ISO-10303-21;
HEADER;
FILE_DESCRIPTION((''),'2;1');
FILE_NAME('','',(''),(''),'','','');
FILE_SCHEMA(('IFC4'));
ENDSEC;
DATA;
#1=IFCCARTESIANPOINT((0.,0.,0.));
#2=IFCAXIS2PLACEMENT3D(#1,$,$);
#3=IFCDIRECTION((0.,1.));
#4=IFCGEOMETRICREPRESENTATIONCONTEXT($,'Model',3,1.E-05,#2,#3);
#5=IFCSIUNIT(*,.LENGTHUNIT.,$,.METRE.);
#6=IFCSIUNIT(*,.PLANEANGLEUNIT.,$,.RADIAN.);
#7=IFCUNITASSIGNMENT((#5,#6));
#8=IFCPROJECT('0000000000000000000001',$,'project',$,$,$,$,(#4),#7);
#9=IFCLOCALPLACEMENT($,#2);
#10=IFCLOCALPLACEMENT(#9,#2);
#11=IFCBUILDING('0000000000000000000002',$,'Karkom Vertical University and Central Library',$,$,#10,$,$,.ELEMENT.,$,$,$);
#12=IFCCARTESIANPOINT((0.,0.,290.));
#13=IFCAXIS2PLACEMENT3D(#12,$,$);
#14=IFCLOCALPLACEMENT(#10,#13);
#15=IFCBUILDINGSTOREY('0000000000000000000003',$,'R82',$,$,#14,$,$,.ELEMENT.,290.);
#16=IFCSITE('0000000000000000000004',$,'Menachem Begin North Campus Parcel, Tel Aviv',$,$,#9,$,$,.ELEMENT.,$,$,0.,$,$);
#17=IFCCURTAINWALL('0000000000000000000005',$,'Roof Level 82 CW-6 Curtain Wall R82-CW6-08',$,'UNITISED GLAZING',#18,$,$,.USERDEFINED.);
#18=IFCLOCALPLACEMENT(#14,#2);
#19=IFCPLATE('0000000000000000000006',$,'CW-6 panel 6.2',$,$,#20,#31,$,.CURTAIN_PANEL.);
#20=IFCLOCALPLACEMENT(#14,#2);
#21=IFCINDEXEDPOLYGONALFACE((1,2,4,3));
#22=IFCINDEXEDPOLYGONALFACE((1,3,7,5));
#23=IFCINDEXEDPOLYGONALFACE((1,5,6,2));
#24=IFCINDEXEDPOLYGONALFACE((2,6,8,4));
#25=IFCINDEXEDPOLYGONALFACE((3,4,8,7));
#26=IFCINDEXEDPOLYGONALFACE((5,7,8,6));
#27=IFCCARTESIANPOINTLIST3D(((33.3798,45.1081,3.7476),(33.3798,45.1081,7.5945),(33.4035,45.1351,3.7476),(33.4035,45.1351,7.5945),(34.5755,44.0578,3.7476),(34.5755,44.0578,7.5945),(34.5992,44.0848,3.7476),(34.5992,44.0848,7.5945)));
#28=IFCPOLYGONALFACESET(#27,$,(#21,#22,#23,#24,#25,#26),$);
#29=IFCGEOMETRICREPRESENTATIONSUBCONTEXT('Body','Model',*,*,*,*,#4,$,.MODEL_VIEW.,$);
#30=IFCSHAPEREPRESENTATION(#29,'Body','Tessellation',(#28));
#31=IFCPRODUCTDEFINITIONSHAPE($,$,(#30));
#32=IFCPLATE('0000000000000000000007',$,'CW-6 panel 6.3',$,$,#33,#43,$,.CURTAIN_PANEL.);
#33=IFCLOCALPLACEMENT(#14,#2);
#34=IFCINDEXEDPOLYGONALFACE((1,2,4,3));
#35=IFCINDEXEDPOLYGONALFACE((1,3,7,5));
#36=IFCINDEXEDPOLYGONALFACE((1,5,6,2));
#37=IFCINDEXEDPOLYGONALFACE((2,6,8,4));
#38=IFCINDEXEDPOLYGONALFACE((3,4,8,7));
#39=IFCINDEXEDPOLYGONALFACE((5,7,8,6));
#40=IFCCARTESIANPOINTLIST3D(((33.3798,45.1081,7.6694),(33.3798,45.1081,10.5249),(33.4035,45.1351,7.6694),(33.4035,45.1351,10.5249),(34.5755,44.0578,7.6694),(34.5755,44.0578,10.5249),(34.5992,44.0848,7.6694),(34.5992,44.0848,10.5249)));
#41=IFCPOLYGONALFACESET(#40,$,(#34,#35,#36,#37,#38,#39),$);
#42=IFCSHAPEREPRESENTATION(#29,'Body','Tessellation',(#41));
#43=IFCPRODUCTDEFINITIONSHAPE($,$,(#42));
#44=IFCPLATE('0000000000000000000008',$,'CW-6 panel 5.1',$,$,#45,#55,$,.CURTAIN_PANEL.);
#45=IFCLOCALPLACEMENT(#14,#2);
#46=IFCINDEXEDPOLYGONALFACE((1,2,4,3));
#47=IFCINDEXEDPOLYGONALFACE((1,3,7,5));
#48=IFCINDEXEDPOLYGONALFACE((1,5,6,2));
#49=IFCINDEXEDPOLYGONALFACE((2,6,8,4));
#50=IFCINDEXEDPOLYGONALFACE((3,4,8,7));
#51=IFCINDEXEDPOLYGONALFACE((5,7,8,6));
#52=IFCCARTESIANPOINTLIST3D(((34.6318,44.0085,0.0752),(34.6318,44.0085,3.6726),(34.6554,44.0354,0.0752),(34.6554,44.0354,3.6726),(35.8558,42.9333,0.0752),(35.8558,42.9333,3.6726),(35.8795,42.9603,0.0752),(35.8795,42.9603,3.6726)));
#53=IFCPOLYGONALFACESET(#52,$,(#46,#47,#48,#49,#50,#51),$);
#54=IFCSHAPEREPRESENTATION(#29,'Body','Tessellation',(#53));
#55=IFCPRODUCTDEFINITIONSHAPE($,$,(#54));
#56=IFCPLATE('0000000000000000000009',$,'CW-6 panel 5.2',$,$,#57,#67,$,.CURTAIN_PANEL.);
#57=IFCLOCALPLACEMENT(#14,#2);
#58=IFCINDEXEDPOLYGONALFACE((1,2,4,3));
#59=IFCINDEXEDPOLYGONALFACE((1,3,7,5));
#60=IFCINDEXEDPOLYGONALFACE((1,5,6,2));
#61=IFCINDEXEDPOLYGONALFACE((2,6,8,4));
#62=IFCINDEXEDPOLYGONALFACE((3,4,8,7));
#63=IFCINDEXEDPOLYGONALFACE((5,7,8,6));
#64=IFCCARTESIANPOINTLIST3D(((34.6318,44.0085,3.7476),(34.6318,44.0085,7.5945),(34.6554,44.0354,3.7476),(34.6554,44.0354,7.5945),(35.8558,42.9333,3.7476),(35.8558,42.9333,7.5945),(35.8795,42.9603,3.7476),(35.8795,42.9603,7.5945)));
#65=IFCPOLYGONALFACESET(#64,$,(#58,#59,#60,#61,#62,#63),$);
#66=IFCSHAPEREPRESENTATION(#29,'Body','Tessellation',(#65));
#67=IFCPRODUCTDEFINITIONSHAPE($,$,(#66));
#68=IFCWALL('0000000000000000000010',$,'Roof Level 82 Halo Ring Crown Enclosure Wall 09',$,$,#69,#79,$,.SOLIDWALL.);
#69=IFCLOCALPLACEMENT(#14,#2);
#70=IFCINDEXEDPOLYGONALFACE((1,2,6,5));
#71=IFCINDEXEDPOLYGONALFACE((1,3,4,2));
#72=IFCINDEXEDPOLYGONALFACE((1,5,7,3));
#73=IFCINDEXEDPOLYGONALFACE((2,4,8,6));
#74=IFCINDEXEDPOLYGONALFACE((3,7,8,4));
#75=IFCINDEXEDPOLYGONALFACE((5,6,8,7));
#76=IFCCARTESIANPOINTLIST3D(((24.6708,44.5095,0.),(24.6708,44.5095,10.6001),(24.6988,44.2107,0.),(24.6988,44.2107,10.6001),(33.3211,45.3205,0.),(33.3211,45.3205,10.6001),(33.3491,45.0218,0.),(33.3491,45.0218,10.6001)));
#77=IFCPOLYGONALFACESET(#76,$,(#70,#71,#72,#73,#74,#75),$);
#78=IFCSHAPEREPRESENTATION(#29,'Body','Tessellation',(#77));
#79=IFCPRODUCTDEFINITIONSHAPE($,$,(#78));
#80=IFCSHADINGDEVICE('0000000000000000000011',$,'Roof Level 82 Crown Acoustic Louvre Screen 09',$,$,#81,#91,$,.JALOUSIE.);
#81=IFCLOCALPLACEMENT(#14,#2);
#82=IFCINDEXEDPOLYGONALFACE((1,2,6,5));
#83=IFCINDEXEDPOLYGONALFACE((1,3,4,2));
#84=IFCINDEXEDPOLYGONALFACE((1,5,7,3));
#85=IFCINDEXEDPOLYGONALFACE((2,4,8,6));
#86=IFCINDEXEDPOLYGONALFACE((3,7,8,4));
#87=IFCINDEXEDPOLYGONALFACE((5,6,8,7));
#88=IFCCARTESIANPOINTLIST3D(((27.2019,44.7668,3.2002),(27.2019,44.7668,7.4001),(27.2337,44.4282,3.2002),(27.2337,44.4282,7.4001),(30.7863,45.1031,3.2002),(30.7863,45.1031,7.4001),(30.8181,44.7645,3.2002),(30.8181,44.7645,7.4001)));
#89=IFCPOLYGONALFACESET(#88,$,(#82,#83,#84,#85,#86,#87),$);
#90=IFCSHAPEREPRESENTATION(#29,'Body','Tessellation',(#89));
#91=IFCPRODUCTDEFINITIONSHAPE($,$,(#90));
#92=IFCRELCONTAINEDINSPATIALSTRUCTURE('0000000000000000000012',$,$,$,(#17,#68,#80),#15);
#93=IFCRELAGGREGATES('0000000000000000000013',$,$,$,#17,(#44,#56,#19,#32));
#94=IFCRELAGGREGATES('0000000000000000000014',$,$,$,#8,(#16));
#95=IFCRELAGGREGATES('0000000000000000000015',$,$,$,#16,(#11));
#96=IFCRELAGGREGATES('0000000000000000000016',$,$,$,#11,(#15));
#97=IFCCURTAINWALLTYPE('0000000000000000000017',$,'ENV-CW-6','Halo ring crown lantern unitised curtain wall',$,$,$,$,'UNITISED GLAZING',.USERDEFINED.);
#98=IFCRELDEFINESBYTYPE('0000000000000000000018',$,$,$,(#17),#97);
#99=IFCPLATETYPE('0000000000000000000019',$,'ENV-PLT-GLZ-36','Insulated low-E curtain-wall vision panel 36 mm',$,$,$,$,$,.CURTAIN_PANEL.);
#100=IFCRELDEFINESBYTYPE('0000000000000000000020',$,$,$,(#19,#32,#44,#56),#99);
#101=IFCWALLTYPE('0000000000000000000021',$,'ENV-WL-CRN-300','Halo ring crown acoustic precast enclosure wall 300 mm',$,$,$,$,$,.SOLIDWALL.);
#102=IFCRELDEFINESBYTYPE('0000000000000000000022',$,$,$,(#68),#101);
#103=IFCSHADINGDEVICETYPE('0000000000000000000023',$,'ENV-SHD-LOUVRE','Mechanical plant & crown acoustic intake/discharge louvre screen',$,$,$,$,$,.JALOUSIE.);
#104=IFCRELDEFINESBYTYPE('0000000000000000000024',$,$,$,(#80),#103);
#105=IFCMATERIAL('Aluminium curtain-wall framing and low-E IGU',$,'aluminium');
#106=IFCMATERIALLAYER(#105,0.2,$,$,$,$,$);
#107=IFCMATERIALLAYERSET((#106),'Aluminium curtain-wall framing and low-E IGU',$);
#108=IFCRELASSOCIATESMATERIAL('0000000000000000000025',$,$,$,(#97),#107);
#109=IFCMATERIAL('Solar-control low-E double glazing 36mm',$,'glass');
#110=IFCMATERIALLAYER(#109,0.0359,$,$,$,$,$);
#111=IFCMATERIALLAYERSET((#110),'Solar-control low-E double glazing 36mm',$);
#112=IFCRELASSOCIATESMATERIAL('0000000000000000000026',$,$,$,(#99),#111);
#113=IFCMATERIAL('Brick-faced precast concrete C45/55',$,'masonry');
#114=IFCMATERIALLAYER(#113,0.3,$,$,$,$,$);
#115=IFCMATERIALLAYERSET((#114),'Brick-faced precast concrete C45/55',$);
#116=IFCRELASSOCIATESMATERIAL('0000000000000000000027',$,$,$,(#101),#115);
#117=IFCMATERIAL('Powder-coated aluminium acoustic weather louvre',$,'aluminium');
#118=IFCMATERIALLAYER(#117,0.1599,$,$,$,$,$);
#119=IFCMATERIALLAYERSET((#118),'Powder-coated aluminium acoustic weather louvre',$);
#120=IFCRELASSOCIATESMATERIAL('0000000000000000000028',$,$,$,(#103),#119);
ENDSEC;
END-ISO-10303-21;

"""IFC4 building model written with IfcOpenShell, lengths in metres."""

from ifc_helpers import new_model, si_unit, direction, frame, frame_2d, origin, origin_with_axes, origin_2d, place, context, subcontext, project, spatial, rectangle, extrude, source, transform, mapped, material, layer, layer_set, type_object, element, aggregate, save


model = new_model("IFC4")

# Units and contexts
model_context = context("Model", 3, precision=1e-05, world=origin(), true_north=direction((0.0, 1.0)))
body_context = subcontext(model_context, "Body", "Model", "MODEL_VIEW")
ifc_project = project(units=[si_unit("LENGTHUNIT", "METRE"), si_unit("PLANEANGLEUNIT", "RADIAN")], contexts=[model_context])

# Site, building, storey
site_placement = place(None, origin())
site = spatial("IfcSite", under=ifc_project, at=site_placement, Name="Menachem Begin North Campus Parcel, Tel Aviv", CompositionType="ELEMENT", RefElevation=0.0)
building_placement = place(site_placement, origin())
building = spatial("IfcBuilding", under=site, at=building_placement, Name="Karkom Vertical University and Central Library", CompositionType="ELEMENT")
storey_placement = place(building_placement, frame((0.0, 0.0, 290.0)))
storey = spatial("IfcBuildingStorey", under=building, at=storey_placement, Name="R82", CompositionType="ELEMENT", Elevation=290.0)

# Curtain wall
ifc_material_1 = material(Name="Aluminium curtain-wall framing and low-E IGU", Category="aluminium")
ifc_layer_1 = layer(ifc_material_1, 0.2)
ifc_layer_set_1 = layer_set([ifc_layer_1], Name="Aluminium curtain-wall framing and low-E IGU")
curtain_wall_type = type_object("IfcCurtainWallType", Name="ENV-CW-6", Description="Halo ring crown lantern unitised curtain wall", ElementType="UNITISED GLAZING", PredefinedType="USERDEFINED", material=ifc_layer_set_1)
curtain_wall_1_placement = place(storey_placement, origin())
curtain_wall_1 = element("IfcCurtainWall", 1, at=curtain_wall_1_placement, inside=storey, type_object=curtain_wall_type, Name="Roof Level 82 CW-6 Curtain Wall R82-CW6-08", ObjectType="UNITISED GLAZING", PredefinedType="USERDEFINED")

# Plates
ifc_material_2 = material(Name="Solar-control low-E double glazing 36mm", Category="glass")
ifc_layer_2 = layer(ifc_material_2, 0.0359)
ifc_layer_set_2 = layer_set([ifc_layer_2], Name="Solar-control low-E double glazing 36mm")
plate_type = type_object("IfcPlateType", Name="ENV-PLT-GLZ-36", Description="Insulated low-E curtain-wall vision panel 36 mm", PredefinedType="CURTAIN_PANEL", material=ifc_layer_set_2)
shared_shape_1 = source(origin_with_axes(), body_context, "Body", "SweptSolid", [
    extrude(rectangle(XDim=1.5916, YDim=0.0359, at=origin_2d()), origin(), (0.0, 0.0, 1.0), 3.8469),
])
plate_1_placement = place(storey_placement, frame((33.9895, 44.5964, 3.7476), z_axis=(0.0, 0.0, 1.0), x_axis=(-0.751322, 0.659936, 0.0)))
plate_1 = element("IfcPlate", 2, at=plate_1_placement, type_object=plate_type, Name="CW-6 panel 6.2", PredefinedType="CURTAIN_PANEL", context=body_context, shape_type="MappedRepresentation", body=[
    mapped(shared_shape_1, transform((0.0, 0.0, 0.0), scale=1.0)),
])
shared_shape_2 = source(origin_with_axes(), body_context, "Body", "SweptSolid", [
    extrude(rectangle(XDim=1.5916, YDim=0.0359, at=origin_2d()), origin(), (0.0, 0.0, 1.0), 2.8555),
])
plate_2_placement = place(storey_placement, frame((33.9895, 44.5964, 7.6694), z_axis=(0.0, 0.0, 1.0), x_axis=(-0.751322, 0.659936, 0.0)))
plate_2 = element("IfcPlate", 3, at=plate_2_placement, type_object=plate_type, Name="CW-6 panel 6.3", PredefinedType="CURTAIN_PANEL", context=body_context, shape_type="MappedRepresentation", body=[
    mapped(shared_shape_2, transform((0.0, 0.0, 0.0), scale=1.0)),
])
shared_shape_3 = source(origin_with_axes(), body_context, "Body", "SweptSolid", [
    extrude(rectangle(XDim=1.6292, YDim=0.0359, at=origin_2d()), origin(), (0.0, 0.0, 1.0), 3.5974),
])
plate_3_placement = place(storey_placement, frame((35.2556, 43.4844, 0.0752), z_axis=(0.0, 0.0, 1.0), x_axis=(-0.751322, 0.659936, 0.0)))
plate_3 = element("IfcPlate", 4, at=plate_3_placement, type_object=plate_type, Name="CW-6 panel 5.1", PredefinedType="CURTAIN_PANEL", context=body_context, shape_type="MappedRepresentation", body=[
    mapped(shared_shape_3, transform((0.0, 0.0, 0.0), scale=1.0)),
])
shared_shape_4 = source(origin_with_axes(), body_context, "Body", "SweptSolid", [
    extrude(rectangle(XDim=1.6292, YDim=0.0359, at=origin_2d()), origin(), (0.0, 0.0, 1.0), 3.8469),
])
plate_4_placement = place(storey_placement, frame((35.2556, 43.4844, 3.7476), z_axis=(0.0, 0.0, 1.0), x_axis=(-0.751322, 0.659936, 0.0)))
plate_4 = element("IfcPlate", 5, at=plate_4_placement, type_object=plate_type, Name="CW-6 panel 5.2", PredefinedType="CURTAIN_PANEL", context=body_context, shape_type="MappedRepresentation", body=[
    mapped(shared_shape_4, transform((0.0, 0.0, 0.0), scale=1.0)),
])
aggregate(curtain_wall_1, [plate_3, plate_4, plate_1, plate_2])

# Wall
ifc_material_3 = material(Name="Brick-faced precast concrete C45/55", Category="masonry")
ifc_layer_3 = layer(ifc_material_3, 0.3)
ifc_layer_set_3 = layer_set([ifc_layer_3], Name="Brick-faced precast concrete C45/55")
wall_type = type_object("IfcWallType", Name="ENV-WL-CRN-300", Description="Halo ring crown acoustic precast enclosure wall 300 mm", PredefinedType="SOLIDWALL", material=ifc_layer_set_3)
wall_placement = place(storey_placement, frame((33.3352, 45.1711, 0.0), z_axis=(0.0, 0.0, 1.0), x_axis=(-0.995634, -0.093348, 0.0)))
element("IfcWall", 6, at=wall_placement, inside=storey, type_object=wall_type, Name="Roof Level 82 Halo Ring Crown Enclosure Wall 09", PredefinedType="SOLIDWALL", context=body_context, shape_type="SweptSolid", body=[
    extrude(rectangle(XDim=8.6882, YDim=0.3, at=frame_2d((4.3442, 0.0))), origin(), (0.0, 0.0, 1.0), 10.6001),
])

# Shading device
ifc_material_4 = material(Name="Powder-coated aluminium acoustic weather louvre", Category="aluminium")
ifc_layer_4 = layer(ifc_material_4, 0.1599)
ifc_layer_set_4 = layer_set([ifc_layer_4], Name="Powder-coated aluminium acoustic weather louvre")
shading_device_type = type_object("IfcShadingDeviceType", Name="ENV-SHD-LOUVRE", Description="Mechanical plant & crown acoustic intake/discharge louvre screen", PredefinedType="JALOUSIE", material=ifc_layer_set_4)
shared_shape_5 = source(origin_with_axes(), body_context, "Body", "SweptSolid", [
    extrude(rectangle(XDim=3.6001, YDim=0.3401, at=origin_2d()), origin(), (0.0, 0.0, 1.0), 4.2),
])
shading_device_placement = place(storey_placement, frame((29.01, 44.7656, 3.2002), z_axis=(0.0, 0.0, 1.0), x_axis=(-0.995627, -0.093413, 0.0)))
element("IfcShadingDevice", 7, at=shading_device_placement, inside=storey, type_object=shading_device_type, Name="Roof Level 82 Crown Acoustic Louvre Screen 09", PredefinedType="JALOUSIE", context=body_context, shape_type="MappedRepresentation", body=[
    mapped(shared_shape_5, transform((0.0, 0.0, 0.0), scale=1.0)),
])

save(model, "model.ifc")
